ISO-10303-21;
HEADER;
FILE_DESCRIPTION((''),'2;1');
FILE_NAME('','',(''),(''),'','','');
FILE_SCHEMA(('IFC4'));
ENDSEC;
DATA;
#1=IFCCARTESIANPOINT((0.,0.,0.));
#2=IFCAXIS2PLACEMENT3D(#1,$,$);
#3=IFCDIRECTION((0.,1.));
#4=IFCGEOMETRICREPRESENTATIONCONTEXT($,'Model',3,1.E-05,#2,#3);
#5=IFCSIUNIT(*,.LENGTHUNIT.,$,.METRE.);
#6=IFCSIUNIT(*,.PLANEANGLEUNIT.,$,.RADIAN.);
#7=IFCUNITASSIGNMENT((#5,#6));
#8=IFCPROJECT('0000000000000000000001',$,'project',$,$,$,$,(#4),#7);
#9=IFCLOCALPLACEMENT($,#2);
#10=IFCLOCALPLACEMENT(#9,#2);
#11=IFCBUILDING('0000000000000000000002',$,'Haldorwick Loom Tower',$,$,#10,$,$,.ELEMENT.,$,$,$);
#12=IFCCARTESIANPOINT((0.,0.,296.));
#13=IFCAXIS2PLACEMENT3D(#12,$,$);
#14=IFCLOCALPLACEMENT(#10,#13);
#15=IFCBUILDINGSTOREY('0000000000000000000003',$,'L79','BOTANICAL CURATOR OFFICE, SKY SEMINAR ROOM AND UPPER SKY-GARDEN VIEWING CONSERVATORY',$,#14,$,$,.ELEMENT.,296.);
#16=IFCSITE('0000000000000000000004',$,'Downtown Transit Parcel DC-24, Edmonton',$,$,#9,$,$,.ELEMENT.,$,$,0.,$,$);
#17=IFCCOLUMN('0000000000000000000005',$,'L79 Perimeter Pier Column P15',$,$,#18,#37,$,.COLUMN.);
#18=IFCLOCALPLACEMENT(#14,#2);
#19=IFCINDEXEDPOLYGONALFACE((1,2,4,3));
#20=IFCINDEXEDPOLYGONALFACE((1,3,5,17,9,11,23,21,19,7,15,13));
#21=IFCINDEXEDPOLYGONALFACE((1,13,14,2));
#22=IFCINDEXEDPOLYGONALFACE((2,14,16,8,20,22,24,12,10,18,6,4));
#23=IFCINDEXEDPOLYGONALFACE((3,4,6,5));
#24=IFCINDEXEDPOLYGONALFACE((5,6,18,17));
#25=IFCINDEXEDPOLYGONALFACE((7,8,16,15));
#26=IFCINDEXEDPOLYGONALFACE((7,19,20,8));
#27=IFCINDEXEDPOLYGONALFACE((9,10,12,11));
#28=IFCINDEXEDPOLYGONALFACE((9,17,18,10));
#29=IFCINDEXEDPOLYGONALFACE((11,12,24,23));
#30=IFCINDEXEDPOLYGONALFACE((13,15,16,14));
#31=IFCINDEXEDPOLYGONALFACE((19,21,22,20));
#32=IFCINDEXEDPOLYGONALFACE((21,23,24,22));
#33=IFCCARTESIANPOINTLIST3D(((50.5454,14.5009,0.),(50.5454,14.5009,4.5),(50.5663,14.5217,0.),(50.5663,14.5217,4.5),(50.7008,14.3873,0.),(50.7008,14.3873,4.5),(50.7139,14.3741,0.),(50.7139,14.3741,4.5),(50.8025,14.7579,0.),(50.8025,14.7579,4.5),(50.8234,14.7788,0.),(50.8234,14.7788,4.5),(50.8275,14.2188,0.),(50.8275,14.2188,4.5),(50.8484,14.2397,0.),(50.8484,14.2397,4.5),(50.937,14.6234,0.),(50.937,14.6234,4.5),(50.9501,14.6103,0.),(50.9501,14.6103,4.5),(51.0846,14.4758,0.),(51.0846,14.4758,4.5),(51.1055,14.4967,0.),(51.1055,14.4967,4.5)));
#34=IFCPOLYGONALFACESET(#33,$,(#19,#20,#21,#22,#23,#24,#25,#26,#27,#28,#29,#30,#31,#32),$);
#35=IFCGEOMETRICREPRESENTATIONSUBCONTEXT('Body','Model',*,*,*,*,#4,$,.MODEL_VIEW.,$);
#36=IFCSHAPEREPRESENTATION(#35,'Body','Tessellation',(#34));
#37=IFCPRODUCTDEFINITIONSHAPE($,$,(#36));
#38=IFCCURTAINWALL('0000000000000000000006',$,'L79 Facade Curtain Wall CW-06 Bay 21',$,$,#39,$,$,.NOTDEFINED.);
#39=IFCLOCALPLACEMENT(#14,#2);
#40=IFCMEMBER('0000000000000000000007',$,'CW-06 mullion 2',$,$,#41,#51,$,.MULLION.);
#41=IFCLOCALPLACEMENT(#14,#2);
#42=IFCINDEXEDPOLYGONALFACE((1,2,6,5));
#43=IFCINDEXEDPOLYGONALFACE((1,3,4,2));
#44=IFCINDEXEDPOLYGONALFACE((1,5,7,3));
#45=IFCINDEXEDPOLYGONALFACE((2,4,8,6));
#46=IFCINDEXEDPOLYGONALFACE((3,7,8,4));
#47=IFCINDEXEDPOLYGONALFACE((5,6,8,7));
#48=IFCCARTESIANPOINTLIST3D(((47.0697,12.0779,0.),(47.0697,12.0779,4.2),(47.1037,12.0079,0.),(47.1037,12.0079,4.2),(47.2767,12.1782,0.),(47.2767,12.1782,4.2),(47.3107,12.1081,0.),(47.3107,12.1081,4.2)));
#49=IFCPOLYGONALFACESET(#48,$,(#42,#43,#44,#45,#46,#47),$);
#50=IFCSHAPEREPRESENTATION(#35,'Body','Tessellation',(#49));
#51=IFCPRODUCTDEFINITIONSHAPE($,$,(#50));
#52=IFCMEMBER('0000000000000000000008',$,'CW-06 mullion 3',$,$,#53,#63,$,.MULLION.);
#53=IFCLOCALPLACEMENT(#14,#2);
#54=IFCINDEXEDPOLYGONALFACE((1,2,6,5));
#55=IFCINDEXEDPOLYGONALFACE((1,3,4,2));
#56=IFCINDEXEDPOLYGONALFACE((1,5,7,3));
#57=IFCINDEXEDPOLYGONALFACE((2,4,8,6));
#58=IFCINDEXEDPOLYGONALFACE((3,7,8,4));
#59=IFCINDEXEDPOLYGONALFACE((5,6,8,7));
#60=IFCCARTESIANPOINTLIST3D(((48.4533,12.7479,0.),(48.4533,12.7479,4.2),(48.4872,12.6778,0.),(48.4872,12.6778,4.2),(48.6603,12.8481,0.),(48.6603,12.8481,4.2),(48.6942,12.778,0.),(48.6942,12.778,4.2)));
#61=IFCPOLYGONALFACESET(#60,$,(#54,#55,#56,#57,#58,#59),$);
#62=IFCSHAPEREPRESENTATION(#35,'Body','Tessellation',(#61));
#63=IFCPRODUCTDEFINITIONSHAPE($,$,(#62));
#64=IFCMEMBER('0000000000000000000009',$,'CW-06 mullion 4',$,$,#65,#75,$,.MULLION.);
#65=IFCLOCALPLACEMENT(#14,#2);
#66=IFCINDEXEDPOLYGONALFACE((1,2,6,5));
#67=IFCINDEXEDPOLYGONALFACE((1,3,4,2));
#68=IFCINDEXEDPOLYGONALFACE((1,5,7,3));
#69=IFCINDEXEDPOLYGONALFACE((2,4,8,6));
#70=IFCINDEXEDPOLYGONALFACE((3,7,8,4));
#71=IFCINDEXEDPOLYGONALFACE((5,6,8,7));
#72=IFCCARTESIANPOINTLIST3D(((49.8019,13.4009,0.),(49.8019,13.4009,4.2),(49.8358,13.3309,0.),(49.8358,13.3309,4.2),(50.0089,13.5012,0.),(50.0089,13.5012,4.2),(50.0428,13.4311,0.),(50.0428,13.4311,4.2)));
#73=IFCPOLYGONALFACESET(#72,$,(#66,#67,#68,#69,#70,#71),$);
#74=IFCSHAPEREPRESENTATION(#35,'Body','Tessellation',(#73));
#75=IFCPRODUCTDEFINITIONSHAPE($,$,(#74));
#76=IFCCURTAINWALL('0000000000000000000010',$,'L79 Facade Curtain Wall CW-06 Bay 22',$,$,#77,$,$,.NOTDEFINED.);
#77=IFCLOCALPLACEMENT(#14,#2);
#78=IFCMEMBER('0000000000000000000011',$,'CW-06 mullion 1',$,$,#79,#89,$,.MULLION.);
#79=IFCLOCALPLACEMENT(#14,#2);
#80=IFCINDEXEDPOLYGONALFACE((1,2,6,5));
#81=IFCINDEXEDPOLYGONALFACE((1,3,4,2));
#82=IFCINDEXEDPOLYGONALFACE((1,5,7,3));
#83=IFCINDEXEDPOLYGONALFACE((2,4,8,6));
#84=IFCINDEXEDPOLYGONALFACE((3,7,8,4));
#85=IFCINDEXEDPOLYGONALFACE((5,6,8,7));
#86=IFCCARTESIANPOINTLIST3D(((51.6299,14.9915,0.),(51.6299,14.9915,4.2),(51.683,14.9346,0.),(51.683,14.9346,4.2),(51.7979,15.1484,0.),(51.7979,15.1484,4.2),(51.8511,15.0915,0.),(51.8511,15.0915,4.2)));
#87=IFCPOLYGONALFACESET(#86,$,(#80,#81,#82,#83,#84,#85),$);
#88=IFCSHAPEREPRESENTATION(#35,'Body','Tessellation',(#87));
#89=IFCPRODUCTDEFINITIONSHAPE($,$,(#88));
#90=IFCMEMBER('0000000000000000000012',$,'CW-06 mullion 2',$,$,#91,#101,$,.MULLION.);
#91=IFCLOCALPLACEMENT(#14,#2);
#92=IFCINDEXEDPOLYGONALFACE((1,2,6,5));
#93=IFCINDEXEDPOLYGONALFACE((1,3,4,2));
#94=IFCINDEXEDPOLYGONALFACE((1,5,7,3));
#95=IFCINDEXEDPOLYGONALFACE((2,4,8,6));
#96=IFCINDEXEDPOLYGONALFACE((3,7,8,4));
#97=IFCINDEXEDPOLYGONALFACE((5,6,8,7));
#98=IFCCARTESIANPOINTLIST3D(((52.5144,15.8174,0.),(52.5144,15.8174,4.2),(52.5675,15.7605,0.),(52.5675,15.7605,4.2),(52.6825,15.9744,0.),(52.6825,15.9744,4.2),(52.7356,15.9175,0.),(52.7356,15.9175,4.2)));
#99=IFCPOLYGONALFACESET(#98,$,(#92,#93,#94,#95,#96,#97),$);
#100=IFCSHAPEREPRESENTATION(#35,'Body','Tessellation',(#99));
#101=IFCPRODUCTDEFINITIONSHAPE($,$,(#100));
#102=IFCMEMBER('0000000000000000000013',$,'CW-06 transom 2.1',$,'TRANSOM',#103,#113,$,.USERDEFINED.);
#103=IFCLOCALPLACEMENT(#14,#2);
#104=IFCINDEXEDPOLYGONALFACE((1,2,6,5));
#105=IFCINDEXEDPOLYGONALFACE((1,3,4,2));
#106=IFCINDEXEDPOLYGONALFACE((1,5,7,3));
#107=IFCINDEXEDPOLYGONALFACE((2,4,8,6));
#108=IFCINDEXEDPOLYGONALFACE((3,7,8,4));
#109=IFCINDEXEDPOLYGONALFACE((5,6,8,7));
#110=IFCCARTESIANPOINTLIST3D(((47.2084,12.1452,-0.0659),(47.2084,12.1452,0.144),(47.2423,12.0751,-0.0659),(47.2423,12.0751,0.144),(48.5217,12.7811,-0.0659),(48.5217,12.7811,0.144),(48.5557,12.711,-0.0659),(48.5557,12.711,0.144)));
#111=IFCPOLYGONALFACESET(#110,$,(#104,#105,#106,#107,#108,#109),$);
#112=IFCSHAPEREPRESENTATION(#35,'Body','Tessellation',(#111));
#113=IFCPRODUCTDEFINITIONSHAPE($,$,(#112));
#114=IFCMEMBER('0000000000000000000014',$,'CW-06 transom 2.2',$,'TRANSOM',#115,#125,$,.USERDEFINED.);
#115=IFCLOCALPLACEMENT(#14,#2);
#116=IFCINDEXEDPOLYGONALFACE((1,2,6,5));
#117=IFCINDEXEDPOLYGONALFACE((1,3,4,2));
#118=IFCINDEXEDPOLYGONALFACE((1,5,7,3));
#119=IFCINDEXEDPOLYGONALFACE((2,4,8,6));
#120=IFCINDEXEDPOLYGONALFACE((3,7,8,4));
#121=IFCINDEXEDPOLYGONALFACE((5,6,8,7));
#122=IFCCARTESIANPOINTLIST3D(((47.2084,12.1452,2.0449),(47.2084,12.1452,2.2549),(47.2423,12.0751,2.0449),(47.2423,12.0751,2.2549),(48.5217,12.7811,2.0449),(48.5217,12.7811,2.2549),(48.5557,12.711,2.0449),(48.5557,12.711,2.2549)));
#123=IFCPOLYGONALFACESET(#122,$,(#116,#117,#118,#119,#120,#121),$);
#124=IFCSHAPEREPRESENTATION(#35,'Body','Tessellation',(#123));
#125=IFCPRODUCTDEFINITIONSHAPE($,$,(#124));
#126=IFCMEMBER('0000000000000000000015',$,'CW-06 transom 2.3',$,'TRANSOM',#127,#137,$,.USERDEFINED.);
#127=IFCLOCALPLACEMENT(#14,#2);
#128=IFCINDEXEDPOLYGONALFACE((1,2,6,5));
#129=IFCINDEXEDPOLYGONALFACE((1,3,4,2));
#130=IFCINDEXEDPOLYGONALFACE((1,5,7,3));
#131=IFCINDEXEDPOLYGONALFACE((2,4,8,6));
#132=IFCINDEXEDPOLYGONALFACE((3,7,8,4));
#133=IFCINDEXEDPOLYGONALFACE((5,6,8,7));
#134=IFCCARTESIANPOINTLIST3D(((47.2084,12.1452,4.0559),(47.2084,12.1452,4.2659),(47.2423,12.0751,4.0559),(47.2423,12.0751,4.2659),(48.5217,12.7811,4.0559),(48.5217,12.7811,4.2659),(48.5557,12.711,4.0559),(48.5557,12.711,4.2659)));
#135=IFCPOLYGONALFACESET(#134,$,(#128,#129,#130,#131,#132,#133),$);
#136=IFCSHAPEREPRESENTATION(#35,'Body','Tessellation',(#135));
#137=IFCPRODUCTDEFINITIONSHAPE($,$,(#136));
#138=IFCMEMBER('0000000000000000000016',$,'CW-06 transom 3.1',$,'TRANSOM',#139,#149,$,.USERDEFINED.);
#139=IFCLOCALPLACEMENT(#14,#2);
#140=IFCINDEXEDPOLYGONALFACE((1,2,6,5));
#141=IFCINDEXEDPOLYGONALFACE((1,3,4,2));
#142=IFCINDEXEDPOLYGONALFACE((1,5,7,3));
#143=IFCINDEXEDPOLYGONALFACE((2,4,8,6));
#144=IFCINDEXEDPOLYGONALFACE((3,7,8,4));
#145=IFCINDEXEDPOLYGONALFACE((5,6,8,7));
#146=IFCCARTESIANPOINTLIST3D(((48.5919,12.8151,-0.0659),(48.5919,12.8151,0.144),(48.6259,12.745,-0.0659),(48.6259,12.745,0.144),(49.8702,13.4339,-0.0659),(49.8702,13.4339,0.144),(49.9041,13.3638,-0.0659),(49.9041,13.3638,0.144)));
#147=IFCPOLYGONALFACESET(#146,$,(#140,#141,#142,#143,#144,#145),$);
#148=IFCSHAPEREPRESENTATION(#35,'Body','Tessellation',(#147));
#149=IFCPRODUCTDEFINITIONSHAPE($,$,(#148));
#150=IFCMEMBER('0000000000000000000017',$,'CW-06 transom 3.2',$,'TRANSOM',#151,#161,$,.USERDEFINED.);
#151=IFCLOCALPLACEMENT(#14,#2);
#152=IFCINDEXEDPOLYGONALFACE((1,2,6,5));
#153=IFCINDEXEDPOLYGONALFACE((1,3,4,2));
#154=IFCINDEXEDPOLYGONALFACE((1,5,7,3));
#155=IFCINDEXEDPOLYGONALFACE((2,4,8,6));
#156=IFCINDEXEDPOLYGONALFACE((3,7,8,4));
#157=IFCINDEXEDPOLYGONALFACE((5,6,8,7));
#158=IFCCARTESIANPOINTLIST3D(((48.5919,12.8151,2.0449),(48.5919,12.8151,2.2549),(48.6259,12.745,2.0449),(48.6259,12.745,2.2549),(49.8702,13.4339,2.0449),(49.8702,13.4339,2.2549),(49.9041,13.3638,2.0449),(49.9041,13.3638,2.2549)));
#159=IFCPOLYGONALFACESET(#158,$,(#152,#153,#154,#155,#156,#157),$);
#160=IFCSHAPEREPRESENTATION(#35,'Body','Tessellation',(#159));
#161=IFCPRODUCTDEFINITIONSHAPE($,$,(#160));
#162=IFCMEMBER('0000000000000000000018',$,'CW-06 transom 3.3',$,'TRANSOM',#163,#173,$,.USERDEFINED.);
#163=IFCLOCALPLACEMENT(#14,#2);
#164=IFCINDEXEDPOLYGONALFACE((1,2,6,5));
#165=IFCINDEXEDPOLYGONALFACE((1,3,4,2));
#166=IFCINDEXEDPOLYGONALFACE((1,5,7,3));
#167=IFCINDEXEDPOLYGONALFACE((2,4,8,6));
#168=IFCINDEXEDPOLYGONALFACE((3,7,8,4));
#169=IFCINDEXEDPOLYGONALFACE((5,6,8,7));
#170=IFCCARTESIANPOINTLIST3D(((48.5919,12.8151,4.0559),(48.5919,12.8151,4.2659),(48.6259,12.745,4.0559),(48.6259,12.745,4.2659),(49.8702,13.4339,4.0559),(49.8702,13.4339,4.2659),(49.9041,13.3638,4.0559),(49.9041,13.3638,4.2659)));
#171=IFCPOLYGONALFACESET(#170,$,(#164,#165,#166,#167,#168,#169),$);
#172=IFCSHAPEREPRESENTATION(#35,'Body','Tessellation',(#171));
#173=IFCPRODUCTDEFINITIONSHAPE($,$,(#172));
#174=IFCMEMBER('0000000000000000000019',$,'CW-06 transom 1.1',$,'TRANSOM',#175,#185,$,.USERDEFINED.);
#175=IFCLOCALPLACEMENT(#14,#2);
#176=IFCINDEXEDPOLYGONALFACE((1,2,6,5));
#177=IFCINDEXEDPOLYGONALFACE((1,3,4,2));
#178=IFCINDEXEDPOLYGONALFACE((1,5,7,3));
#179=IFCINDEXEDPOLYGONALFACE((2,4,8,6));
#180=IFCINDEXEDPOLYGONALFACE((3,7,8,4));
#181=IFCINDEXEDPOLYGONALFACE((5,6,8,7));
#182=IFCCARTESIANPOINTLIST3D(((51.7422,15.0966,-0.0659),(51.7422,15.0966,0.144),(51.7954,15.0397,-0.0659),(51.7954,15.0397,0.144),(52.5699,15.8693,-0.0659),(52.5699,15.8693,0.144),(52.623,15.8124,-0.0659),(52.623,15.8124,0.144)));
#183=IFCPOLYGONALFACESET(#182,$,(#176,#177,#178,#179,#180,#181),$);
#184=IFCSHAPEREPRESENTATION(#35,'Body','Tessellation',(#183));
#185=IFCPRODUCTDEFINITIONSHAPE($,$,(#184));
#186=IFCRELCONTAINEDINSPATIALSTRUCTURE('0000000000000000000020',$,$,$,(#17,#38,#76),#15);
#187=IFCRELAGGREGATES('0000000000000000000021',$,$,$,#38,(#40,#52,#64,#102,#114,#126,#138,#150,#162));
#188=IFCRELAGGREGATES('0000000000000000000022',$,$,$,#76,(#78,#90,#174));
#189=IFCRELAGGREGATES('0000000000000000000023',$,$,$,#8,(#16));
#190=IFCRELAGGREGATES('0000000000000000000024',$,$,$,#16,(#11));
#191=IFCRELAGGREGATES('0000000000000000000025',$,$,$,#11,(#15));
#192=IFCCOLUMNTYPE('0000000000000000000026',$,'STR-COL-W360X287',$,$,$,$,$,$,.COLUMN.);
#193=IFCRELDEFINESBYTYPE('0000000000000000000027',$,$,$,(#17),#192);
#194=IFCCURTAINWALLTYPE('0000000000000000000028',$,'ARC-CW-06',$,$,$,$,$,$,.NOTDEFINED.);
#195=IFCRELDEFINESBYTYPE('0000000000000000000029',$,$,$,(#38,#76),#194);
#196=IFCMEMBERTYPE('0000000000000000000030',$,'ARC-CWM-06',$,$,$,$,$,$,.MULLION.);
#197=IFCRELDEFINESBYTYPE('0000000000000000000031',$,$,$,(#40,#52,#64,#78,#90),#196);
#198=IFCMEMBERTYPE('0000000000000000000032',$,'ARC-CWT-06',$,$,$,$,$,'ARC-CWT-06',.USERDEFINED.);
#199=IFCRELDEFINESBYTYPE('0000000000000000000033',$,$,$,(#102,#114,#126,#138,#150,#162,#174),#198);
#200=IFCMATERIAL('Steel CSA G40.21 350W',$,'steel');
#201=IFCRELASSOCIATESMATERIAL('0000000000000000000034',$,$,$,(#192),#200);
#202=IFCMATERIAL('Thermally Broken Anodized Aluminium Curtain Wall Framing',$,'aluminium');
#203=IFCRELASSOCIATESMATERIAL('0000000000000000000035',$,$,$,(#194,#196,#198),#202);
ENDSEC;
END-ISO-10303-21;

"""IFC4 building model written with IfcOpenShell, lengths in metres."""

from ifc_helpers import new_model, si_unit, direction, frame, origin, origin_2d, place, context, subcontext, project, spatial, rectangle, i_section, extrude, material, material_profile, profile_set, type_object, element, aggregate, save


model = new_model("IFC4")

# Units and contexts
model_context = context("Model", 3, precision=1e-05, world=origin(), true_north=direction((0.0, 1.0)))
body_context = subcontext(model_context, "Body", "Model", "MODEL_VIEW")
ifc_project = project(units=[si_unit("LENGTHUNIT", "METRE"), si_unit("PLANEANGLEUNIT", "RADIAN")], contexts=[model_context])

# Site, building, storey
site_placement = place(None, origin())
site = spatial("IfcSite", under=ifc_project, at=site_placement, Name="Downtown Transit Parcel DC-24, Edmonton", CompositionType="ELEMENT", RefElevation=0.0)
building_placement = place(site_placement, origin())
building = spatial("IfcBuilding", under=site, at=building_placement, Name="Haldorwick Loom Tower", CompositionType="ELEMENT")
storey_placement = place(building_placement, frame((0.0, 0.0, 296.0)))
storey = spatial("IfcBuildingStorey", under=building, at=storey_placement, Name="L79", Description="BOTANICAL CURATOR OFFICE, SKY SEMINAR ROOM AND UPPER SKY-GARDEN VIEWING CONSERVATORY", CompositionType="ELEMENT", Elevation=296.0)

# Column
ifc_material_1 = material(Name="Steel CSA G40.21 350W", Category="steel")
ifc_material_profile_1 = material_profile(ifc_material_1, i_section(OverallWidth=0.3989, OverallDepth=0.3931, WebThickness=0.0186, FlangeThickness=0.0295, at=origin_2d()), Name="W360X287", Category="steel")
ifc_profile_set_1 = profile_set([ifc_material_profile_1], Name="Steel CSA G40.21 350W")
column_type = type_object("IfcColumnType", Name="STR-COL-W360X287", PredefinedType="COLUMN", material=ifc_profile_set_1)
column_placement = place(storey_placement, frame((50.8254, 14.4988, 0.0), z_axis=(0.0, 0.0, 1.0), x_axis=(0.707107, -0.707107, 0.0)))
element("IfcColumn", 1, at=column_placement, inside=storey, type_object=column_type, Name="L79 Perimeter Pier Column P15", PredefinedType="COLUMN", context=body_context, shape_type="SweptSolid", body=[
    extrude(i_section(OverallWidth=0.3989, OverallDepth=0.3931, WebThickness=0.0186, FlangeThickness=0.0295, at=origin_2d()), origin(), (0.0, 0.0, 1.0), 4.5),
])

# Curtain walls, members
ifc_material_2 = material(Name="Thermally Broken Anodized Aluminium Curtain Wall Framing", Category="aluminium")
curtain_wall_type = type_object("IfcCurtainWallType", Name="ARC-CW-06", PredefinedType="NOTDEFINED", material=ifc_material_2)
curtain_wall_1_placement = place(storey_placement, origin())
curtain_wall_1 = element("IfcCurtainWall", 2, at=curtain_wall_1_placement, inside=storey, type_object=curtain_wall_type, Name="L79 Facade Curtain Wall CW-06 Bay 21", PredefinedType="NOTDEFINED")
ifc_material_profile_2 = material_profile(ifc_material_2, rectangle(XDim=0.0779, YDim=0.23, at=origin_2d()), Name="ALU_MUL_78X230", Category="aluminium")
ifc_profile_set_2 = profile_set([ifc_material_profile_2], Name="Thermally Broken Anodized Aluminium Curtain Wall Framing")
member_type_1 = type_object("IfcMemberType", Name="ARC-CWM-06", PredefinedType="MULLION", material=ifc_profile_set_2)
member_1_placement = place(storey_placement, frame((47.1902, 12.093, 0.0), z_axis=(0.0, 0.0, 1.0), x_axis=(-0.435824, 0.900032, 0.0)))
member_1 = element("IfcMember", 3, at=member_1_placement, type_object=member_type_1, Name="CW-06 mullion 2", PredefinedType="MULLION", context=body_context, shape_type="SweptSolid", body=[
    extrude(rectangle(XDim=0.0779, YDim=0.23, at=origin_2d()), origin(), (0.0, 0.0, 1.0), 4.2),
])
member_2_placement = place(storey_placement, frame((48.5737, 12.7629, 0.0), z_axis=(0.0, 0.0, 1.0), x_axis=(-0.435824, 0.900032, 0.0)))
member_2 = element("IfcMember", 4, at=member_2_placement, type_object=member_type_1, Name="CW-06 mullion 3", PredefinedType="MULLION", context=body_context, shape_type="SweptSolid", body=[
    extrude(rectangle(XDim=0.0779, YDim=0.23, at=origin_2d()), origin(), (0.0, 0.0, 1.0), 4.2),
])
member_3_placement = place(storey_placement, frame((49.9224, 13.416, 0.0), z_axis=(0.0, 0.0, 1.0), x_axis=(-0.435824, 0.900032, 0.0)))
member_3 = element("IfcMember", 5, at=member_3_placement, type_object=member_type_1, Name="CW-06 mullion 4", PredefinedType="MULLION", context=body_context, shape_type="SweptSolid", body=[
    extrude(rectangle(XDim=0.0779, YDim=0.23, at=origin_2d()), origin(), (0.0, 0.0, 1.0), 4.2),
])
curtain_wall_2_placement = place(storey_placement, origin())
curtain_wall_2 = element("IfcCurtainWall", 6, at=curtain_wall_2_placement, inside=storey, type_object=curtain_wall_type, Name="L79 Facade Curtain Wall CW-06 Bay 22", PredefinedType="NOTDEFINED")
member_4_placement = place(storey_placement, frame((51.7405, 15.0415, 0.0), z_axis=(0.0, 0.0, 1.0), x_axis=(-0.682499, 0.730886, 0.0)))
member_4 = element("IfcMember", 7, at=member_4_placement, type_object=member_type_1, Name="CW-06 mullion 1", PredefinedType="MULLION", context=body_context, shape_type="SweptSolid", body=[
    extrude(rectangle(XDim=0.0779, YDim=0.23, at=origin_2d()), origin(), (0.0, 0.0, 1.0), 4.2),
])
member_5_placement = place(storey_placement, frame((52.625, 15.8674, 0.0), z_axis=(0.0, 0.0, 1.0), x_axis=(-0.682499, 0.730886, 0.0)))
member_5 = element("IfcMember", 8, at=member_5_placement, type_object=member_type_1, Name="CW-06 mullion 2", PredefinedType="MULLION", context=body_context, shape_type="SweptSolid", body=[
    extrude(rectangle(XDim=0.0779, YDim=0.23, at=origin_2d()), origin(), (0.0, 0.0, 1.0), 4.2),
])

# Members
ifc_material_profile_3 = material_profile(ifc_material_2, rectangle(XDim=0.0779, YDim=0.21, at=origin_2d()), Name="ALU_TRN_78X210", Category="aluminium")
ifc_profile_set_3 = profile_set([ifc_material_profile_3], Name="Thermally Broken Anodized Aluminium Curtain Wall Framing")
member_type_2 = type_object("IfcMemberType", Name="ARC-CWT-06", ElementType="ARC-CWT-06", PredefinedType="USERDEFINED", material=ifc_profile_set_3)
member_6_placement = place(storey_placement, frame((47.2253, 12.1101, 0.0391), z_axis=(0.900043, 0.435801, 0.0), x_axis=(-0.435801, 0.900043, 0.0)))
member_6 = element("IfcMember", 9, at=member_6_placement, type_object=member_type_2, Name="CW-06 transom 2.1", ObjectType="TRANSOM", PredefinedType="USERDEFINED", context=body_context, shape_type="SweptSolid", body=[
    extrude(rectangle(XDim=0.0779, YDim=0.21, at=origin_2d()), origin(), (0.0, 0.0, 1.0), 1.4592),
])
member_7_placement = place(storey_placement, frame((47.2253, 12.1101, 2.1499), z_axis=(0.900043, 0.435801, 0.0), x_axis=(-0.435801, 0.900043, 0.0)))
member_7 = element("IfcMember", 10, at=member_7_placement, type_object=member_type_2, Name="CW-06 transom 2.2", ObjectType="TRANSOM", PredefinedType="USERDEFINED", context=body_context, shape_type="SweptSolid", body=[
    extrude(rectangle(XDim=0.0779, YDim=0.21, at=origin_2d()), origin(), (0.0, 0.0, 1.0), 1.4592),
])
member_8_placement = place(storey_placement, frame((47.2253, 12.1101, 4.1609), z_axis=(0.900043, 0.435801, 0.0), x_axis=(-0.435801, 0.900043, 0.0)))
member_8 = element("IfcMember", 11, at=member_8_placement, type_object=member_type_2, Name="CW-06 transom 2.3", ObjectType="TRANSOM", PredefinedType="USERDEFINED", context=body_context, shape_type="SweptSolid", body=[
    extrude(rectangle(XDim=0.0779, YDim=0.21, at=origin_2d()), origin(), (0.0, 0.0, 1.0), 1.4592),
])
member_9_placement = place(storey_placement, frame((48.6089, 12.78, 0.0391), z_axis=(0.900061, 0.435763, 0.0), x_axis=(-0.435763, 0.900061, 0.0)))
member_9 = element("IfcMember", 12, at=member_9_placement, type_object=member_type_2, Name="CW-06 transom 3.1", ObjectType="TRANSOM", PredefinedType="USERDEFINED", context=body_context, shape_type="SweptSolid", body=[
    extrude(rectangle(XDim=0.0779, YDim=0.21, at=origin_2d()), origin(), (0.0, 0.0, 1.0), 1.4202),
])
member_10_placement = place(storey_placement, frame((48.6089, 12.78, 2.1499), z_axis=(0.900061, 0.435763, 0.0), x_axis=(-0.435763, 0.900061, 0.0)))
member_10 = element("IfcMember", 13, at=member_10_placement, type_object=member_type_2, Name="CW-06 transom 3.2", ObjectType="TRANSOM", PredefinedType="USERDEFINED", context=body_context, shape_type="SweptSolid", body=[
    extrude(rectangle(XDim=0.0779, YDim=0.21, at=origin_2d()), origin(), (0.0, 0.0, 1.0), 1.4202),
])
member_11_placement = place(storey_placement, frame((48.6089, 12.78, 4.1609), z_axis=(0.900061, 0.435763, 0.0), x_axis=(-0.435763, 0.900061, 0.0)))
member_11 = element("IfcMember", 14, at=member_11_placement, type_object=member_type_2, Name="CW-06 transom 3.3", ObjectType="TRANSOM", PredefinedType="USERDEFINED", context=body_context, shape_type="SweptSolid", body=[
    extrude(rectangle(XDim=0.0779, YDim=0.21, at=origin_2d()), origin(), (0.0, 0.0, 1.0), 1.4202),
])
member_12_placement = place(storey_placement, frame((51.7688, 15.0681, 0.0391), z_axis=(0.730948, 0.682433, 0.0), x_axis=(-0.682433, 0.730948, 0.0)))
member_12 = element("IfcMember", 15, at=member_12_placement, type_object=member_type_2, Name="CW-06 transom 1.1", ObjectType="TRANSOM", PredefinedType="USERDEFINED", context=body_context, shape_type="SweptSolid", body=[
    extrude(rectangle(XDim=0.0779, YDim=0.21, at=origin_2d()), origin(), (0.0, 0.0, 1.0), 1.1323),
])

aggregate(curtain_wall_1, [member_1, member_2, member_3, member_6, member_7, member_8, member_9, member_10, member_11])
aggregate(curtain_wall_2, [member_4, member_5, member_12])

save(model, "model.ifc")
